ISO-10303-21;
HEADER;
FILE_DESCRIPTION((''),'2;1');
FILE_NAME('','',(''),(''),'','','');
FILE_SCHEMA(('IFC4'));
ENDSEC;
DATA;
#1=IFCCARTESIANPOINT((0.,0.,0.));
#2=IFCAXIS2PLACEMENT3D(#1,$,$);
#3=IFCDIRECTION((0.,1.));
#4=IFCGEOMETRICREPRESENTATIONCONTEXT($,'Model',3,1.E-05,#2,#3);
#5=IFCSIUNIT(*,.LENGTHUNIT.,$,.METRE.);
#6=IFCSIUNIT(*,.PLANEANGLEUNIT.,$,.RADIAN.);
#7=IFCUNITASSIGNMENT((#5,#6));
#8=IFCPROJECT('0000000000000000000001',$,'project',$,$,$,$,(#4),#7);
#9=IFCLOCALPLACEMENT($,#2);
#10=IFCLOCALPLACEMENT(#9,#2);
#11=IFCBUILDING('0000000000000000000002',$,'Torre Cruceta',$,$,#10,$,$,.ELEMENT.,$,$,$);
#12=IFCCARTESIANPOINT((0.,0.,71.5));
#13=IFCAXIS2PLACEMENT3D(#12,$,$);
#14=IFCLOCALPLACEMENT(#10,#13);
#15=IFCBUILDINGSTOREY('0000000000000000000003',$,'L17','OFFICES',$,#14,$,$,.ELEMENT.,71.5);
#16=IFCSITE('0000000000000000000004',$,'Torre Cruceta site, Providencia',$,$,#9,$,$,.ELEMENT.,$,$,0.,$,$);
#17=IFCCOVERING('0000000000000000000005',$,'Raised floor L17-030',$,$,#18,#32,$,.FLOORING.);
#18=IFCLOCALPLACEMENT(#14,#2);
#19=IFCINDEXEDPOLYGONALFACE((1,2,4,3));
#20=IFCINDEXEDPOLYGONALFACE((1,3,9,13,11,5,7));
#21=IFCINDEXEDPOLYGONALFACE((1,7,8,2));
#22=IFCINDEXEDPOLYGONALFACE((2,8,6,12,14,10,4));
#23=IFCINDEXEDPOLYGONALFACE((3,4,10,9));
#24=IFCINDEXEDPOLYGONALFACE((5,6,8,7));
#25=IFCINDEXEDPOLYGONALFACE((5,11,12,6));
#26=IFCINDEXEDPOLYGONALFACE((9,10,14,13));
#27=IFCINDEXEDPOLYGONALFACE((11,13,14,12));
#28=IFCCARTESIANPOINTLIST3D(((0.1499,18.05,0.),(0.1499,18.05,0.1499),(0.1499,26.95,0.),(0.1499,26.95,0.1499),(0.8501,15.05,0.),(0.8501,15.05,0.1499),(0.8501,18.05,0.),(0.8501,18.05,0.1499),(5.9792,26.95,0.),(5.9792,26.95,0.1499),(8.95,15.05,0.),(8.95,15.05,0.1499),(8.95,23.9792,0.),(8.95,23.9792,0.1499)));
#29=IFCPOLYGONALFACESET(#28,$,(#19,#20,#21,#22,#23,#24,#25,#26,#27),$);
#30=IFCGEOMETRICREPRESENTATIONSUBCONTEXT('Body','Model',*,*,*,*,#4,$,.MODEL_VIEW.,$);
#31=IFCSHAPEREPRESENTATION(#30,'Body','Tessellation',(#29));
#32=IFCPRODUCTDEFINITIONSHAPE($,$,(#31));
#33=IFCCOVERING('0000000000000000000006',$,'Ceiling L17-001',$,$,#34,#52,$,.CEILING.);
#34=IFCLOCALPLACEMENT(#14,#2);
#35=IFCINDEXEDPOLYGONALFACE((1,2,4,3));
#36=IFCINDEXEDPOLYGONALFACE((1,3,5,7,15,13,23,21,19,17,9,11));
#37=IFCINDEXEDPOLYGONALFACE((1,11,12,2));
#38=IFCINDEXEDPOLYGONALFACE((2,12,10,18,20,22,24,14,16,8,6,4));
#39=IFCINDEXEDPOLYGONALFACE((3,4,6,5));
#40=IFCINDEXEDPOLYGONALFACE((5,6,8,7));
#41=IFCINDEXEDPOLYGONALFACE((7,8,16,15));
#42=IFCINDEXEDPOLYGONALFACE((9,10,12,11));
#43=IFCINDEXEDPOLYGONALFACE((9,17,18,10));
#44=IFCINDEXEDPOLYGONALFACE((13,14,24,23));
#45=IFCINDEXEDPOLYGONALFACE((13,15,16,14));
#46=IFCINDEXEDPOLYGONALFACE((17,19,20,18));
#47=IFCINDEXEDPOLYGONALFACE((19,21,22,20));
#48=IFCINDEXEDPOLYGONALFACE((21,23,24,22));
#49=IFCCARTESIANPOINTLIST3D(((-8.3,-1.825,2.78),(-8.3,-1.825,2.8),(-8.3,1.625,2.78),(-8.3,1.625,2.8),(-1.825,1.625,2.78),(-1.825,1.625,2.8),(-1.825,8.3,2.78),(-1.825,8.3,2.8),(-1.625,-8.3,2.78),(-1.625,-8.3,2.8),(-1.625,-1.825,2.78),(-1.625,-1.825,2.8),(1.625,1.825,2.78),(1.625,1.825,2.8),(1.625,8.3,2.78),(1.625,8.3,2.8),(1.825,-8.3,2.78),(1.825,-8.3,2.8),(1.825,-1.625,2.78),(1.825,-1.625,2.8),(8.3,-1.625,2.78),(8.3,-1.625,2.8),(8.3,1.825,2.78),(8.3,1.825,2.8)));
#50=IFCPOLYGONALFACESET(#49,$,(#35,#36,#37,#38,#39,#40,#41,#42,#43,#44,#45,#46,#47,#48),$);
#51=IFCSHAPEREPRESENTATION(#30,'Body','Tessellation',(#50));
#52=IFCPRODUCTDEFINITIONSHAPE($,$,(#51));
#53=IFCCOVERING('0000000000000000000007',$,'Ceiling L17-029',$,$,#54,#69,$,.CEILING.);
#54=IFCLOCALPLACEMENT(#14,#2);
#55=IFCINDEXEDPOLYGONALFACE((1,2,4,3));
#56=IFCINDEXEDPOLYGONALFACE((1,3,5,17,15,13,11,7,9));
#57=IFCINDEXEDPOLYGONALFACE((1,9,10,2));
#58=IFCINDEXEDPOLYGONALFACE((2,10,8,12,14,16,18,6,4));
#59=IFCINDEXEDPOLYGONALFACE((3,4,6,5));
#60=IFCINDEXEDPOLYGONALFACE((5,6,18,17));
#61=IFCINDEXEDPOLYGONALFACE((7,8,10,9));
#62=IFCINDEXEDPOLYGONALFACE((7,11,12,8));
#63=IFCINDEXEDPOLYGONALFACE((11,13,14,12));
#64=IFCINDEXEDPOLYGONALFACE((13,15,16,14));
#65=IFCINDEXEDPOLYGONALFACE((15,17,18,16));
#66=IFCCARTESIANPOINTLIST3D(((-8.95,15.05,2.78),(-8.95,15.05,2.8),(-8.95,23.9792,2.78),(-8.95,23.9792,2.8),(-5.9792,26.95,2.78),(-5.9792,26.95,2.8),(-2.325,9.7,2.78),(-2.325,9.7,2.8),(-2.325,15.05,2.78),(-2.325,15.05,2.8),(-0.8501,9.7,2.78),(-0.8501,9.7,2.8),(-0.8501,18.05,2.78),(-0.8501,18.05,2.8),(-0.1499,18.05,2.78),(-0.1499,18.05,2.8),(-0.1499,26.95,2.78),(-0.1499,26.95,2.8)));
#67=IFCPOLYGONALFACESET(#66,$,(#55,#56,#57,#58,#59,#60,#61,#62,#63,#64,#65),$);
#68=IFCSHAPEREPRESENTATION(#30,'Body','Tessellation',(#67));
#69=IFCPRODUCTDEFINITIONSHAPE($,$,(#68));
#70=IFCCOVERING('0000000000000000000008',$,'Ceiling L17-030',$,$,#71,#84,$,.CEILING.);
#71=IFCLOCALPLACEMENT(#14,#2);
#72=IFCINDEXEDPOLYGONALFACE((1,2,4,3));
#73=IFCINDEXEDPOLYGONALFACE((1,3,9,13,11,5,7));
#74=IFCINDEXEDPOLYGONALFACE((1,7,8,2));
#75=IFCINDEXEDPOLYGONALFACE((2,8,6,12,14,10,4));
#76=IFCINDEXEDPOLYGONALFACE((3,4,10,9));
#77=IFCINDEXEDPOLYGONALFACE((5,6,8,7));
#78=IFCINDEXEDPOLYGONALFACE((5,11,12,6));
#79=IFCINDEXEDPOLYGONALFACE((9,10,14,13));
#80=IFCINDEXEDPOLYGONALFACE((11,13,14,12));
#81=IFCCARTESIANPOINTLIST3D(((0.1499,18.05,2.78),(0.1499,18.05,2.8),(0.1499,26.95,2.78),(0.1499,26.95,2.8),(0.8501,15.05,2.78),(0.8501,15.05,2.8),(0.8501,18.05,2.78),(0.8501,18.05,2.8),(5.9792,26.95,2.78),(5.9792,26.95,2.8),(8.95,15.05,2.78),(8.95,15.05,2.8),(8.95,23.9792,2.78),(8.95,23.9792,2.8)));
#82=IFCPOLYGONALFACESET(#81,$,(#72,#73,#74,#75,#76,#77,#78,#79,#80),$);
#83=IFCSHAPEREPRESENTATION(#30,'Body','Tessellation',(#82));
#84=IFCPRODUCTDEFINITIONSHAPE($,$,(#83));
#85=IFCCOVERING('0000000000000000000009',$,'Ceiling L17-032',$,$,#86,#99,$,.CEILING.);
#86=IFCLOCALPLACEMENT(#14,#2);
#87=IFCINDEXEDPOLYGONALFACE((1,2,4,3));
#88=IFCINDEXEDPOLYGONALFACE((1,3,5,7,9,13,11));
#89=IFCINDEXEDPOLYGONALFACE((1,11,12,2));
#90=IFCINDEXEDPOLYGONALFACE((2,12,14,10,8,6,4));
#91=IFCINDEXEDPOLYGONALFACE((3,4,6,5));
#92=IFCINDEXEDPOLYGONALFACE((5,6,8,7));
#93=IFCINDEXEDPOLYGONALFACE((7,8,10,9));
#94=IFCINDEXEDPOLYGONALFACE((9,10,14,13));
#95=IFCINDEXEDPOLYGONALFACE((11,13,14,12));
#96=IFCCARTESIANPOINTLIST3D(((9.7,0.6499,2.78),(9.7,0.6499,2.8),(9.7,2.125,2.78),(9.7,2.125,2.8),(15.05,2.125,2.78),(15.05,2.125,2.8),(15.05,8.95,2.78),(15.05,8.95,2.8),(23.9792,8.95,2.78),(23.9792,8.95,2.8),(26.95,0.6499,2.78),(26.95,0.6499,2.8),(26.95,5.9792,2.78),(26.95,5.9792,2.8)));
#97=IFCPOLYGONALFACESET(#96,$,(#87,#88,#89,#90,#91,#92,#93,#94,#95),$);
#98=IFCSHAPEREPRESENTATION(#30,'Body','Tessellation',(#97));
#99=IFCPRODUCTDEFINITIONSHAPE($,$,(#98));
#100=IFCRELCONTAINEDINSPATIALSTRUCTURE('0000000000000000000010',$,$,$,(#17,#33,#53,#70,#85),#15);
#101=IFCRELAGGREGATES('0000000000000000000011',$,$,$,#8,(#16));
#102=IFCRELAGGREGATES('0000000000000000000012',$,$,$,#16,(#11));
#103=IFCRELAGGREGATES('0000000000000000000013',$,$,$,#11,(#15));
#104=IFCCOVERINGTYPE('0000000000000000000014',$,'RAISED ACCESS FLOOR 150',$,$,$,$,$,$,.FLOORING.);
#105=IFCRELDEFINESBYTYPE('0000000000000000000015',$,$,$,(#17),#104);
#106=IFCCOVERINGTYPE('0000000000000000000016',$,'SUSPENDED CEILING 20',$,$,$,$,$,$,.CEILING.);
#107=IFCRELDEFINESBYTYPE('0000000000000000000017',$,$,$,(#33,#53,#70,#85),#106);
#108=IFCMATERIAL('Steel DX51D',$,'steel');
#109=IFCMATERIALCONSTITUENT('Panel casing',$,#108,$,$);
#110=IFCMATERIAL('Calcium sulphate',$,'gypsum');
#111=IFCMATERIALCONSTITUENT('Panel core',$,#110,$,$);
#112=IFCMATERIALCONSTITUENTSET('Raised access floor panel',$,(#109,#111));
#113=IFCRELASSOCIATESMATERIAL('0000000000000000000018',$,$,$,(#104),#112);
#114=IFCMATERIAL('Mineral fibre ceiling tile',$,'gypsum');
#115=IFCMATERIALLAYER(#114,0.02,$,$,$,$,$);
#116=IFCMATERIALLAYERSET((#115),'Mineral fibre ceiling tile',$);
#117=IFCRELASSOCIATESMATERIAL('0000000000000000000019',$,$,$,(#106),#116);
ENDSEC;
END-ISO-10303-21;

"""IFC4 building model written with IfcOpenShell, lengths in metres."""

from ifc_helpers import new_model, si_unit, direction, frame, origin, place, context, subcontext, project, spatial, polyline, outline, extrude, material, layer, layer_set, constituent, constituent_set, type_object, element, save


model = new_model("IFC4")

# Units and contexts
model_context = context("Model", 3, precision=1e-05, world=origin(), true_north=direction((0.0, 1.0)))
body_context = subcontext(model_context, "Body", "Model", "MODEL_VIEW")
ifc_project = project(units=[si_unit("LENGTHUNIT", "METRE"), si_unit("PLANEANGLEUNIT", "RADIAN")], contexts=[model_context])

# Site, building, storey
site_placement = place(None, origin())
site = spatial("IfcSite", under=ifc_project, at=site_placement, Name="Torre Cruceta site, Providencia", CompositionType="ELEMENT", RefElevation=0.0)
building_placement = place(site_placement, origin())
building = spatial("IfcBuilding", under=site, at=building_placement, Name="Torre Cruceta", CompositionType="ELEMENT")
storey_placement = place(building_placement, frame((0.0, 0.0, 71.5)))
storey = spatial("IfcBuildingStorey", under=building, at=storey_placement, Name="L17", Description="OFFICES", CompositionType="ELEMENT", Elevation=71.5)

# Coverings
ifc_material_1 = material(Name="Steel DX51D", Category="steel")
ifc_constituent_1 = constituent(ifc_material_1, Name="Panel casing")
ifc_material_2 = material(Name="Calcium sulphate", Category="gypsum")
ifc_constituent_2 = constituent(ifc_material_2, Name="Panel core")
ifc_constituent_set_1 = constituent_set(constituents=[ifc_constituent_1, ifc_constituent_2], Name="Raised access floor panel")
covering_type_1 = type_object("IfcCoveringType", Name="RAISED ACCESS FLOOR 150", PredefinedType="FLOORING", material=ifc_constituent_set_1)
covering_1_placement = place(storey_placement, origin())
element("IfcCovering", 1, at=covering_1_placement, inside=storey, type_object=covering_type_1, Name="Raised floor L17-030", PredefinedType="FLOORING", context=body_context, shape_type="SweptSolid", body=[
    extrude(outline(polyline([(5.9792, 26.95), (8.95, 23.9792), (8.95, 15.05), (0.8501, 15.05), (0.8501, 18.05), (0.1499, 18.05), (0.1499, 26.95), (5.9792, 26.95)])), origin(), (0.0, 0.0, 1.0), 0.1499),
])
ifc_material_3 = material(Name="Mineral fibre ceiling tile", Category="gypsum")
ifc_layer_1 = layer(ifc_material_3, 0.02)
ifc_layer_set_1 = layer_set([ifc_layer_1], Name="Mineral fibre ceiling tile")
covering_type_2 = type_object("IfcCoveringType", Name="SUSPENDED CEILING 20", PredefinedType="CEILING", material=ifc_layer_set_1)
covering_2_placement = place(storey_placement, frame((0.0, 0.0, 2.78)))
element("IfcCovering", 2, at=covering_2_placement, inside=storey, type_object=covering_type_2, Name="Ceiling L17-001", PredefinedType="CEILING", context=body_context, shape_type="SweptSolid", body=[
    extrude(outline(polyline([(-1.625, -8.3), (-1.625, -1.825), (-8.3, -1.825), (-8.3, 1.625), (-1.825, 1.625), (-1.825, 8.3), (1.625, 8.3), (1.625, 1.825), (8.3, 1.825), (8.3, -1.625), (1.825, -1.625), (1.825, -8.3), (-1.625, -8.3)])), origin(), (0.0, 0.0, 1.0), 0.02),
])
covering_3_placement = place(storey_placement, frame((0.0, 0.0, 2.78)))
element("IfcCovering", 3, at=covering_3_placement, inside=storey, type_object=covering_type_2, Name="Ceiling L17-029", PredefinedType="CEILING", context=body_context, shape_type="SweptSolid", body=[
    extrude(outline(polyline([(-0.1499, 26.95), (-0.1499, 18.05), (-0.8501, 18.05), (-0.8501, 9.7), (-2.325, 9.7), (-2.325, 15.05), (-8.95, 15.05), (-8.95, 23.9792), (-5.9792, 26.95), (-0.1499, 26.95)])), origin(), (0.0, 0.0, 1.0), 0.02),
])
covering_4_placement = place(storey_placement, frame((0.0, 0.0, 2.78)))
element("IfcCovering", 4, at=covering_4_placement, inside=storey, type_object=covering_type_2, Name="Ceiling L17-030", PredefinedType="CEILING", context=body_context, shape_type="SweptSolid", body=[
    extrude(outline(polyline([(5.9792, 26.95), (8.95, 23.9792), (8.95, 15.05), (0.8501, 15.05), (0.8501, 18.05), (0.1499, 18.05), (0.1499, 26.95), (5.9792, 26.95)])), origin(), (0.0, 0.0, 1.0), 0.02),
])
covering_5_placement = place(storey_placement, frame((0.0, 0.0, 2.78)))
element("IfcCovering", 5, at=covering_5_placement, inside=storey, type_object=covering_type_2, Name="Ceiling L17-032", PredefinedType="CEILING", context=body_context, shape_type="SweptSolid", body=[
    extrude(outline(polyline([(26.95, 5.9792), (26.95, 0.6499), (9.7, 0.6499), (9.7, 2.125), (15.05, 2.125), (15.05, 8.95), (23.9792, 8.95), (26.95, 5.9792)])), origin(), (0.0, 0.0, 1.0), 0.02),
])

save(model, "model.ifc")
